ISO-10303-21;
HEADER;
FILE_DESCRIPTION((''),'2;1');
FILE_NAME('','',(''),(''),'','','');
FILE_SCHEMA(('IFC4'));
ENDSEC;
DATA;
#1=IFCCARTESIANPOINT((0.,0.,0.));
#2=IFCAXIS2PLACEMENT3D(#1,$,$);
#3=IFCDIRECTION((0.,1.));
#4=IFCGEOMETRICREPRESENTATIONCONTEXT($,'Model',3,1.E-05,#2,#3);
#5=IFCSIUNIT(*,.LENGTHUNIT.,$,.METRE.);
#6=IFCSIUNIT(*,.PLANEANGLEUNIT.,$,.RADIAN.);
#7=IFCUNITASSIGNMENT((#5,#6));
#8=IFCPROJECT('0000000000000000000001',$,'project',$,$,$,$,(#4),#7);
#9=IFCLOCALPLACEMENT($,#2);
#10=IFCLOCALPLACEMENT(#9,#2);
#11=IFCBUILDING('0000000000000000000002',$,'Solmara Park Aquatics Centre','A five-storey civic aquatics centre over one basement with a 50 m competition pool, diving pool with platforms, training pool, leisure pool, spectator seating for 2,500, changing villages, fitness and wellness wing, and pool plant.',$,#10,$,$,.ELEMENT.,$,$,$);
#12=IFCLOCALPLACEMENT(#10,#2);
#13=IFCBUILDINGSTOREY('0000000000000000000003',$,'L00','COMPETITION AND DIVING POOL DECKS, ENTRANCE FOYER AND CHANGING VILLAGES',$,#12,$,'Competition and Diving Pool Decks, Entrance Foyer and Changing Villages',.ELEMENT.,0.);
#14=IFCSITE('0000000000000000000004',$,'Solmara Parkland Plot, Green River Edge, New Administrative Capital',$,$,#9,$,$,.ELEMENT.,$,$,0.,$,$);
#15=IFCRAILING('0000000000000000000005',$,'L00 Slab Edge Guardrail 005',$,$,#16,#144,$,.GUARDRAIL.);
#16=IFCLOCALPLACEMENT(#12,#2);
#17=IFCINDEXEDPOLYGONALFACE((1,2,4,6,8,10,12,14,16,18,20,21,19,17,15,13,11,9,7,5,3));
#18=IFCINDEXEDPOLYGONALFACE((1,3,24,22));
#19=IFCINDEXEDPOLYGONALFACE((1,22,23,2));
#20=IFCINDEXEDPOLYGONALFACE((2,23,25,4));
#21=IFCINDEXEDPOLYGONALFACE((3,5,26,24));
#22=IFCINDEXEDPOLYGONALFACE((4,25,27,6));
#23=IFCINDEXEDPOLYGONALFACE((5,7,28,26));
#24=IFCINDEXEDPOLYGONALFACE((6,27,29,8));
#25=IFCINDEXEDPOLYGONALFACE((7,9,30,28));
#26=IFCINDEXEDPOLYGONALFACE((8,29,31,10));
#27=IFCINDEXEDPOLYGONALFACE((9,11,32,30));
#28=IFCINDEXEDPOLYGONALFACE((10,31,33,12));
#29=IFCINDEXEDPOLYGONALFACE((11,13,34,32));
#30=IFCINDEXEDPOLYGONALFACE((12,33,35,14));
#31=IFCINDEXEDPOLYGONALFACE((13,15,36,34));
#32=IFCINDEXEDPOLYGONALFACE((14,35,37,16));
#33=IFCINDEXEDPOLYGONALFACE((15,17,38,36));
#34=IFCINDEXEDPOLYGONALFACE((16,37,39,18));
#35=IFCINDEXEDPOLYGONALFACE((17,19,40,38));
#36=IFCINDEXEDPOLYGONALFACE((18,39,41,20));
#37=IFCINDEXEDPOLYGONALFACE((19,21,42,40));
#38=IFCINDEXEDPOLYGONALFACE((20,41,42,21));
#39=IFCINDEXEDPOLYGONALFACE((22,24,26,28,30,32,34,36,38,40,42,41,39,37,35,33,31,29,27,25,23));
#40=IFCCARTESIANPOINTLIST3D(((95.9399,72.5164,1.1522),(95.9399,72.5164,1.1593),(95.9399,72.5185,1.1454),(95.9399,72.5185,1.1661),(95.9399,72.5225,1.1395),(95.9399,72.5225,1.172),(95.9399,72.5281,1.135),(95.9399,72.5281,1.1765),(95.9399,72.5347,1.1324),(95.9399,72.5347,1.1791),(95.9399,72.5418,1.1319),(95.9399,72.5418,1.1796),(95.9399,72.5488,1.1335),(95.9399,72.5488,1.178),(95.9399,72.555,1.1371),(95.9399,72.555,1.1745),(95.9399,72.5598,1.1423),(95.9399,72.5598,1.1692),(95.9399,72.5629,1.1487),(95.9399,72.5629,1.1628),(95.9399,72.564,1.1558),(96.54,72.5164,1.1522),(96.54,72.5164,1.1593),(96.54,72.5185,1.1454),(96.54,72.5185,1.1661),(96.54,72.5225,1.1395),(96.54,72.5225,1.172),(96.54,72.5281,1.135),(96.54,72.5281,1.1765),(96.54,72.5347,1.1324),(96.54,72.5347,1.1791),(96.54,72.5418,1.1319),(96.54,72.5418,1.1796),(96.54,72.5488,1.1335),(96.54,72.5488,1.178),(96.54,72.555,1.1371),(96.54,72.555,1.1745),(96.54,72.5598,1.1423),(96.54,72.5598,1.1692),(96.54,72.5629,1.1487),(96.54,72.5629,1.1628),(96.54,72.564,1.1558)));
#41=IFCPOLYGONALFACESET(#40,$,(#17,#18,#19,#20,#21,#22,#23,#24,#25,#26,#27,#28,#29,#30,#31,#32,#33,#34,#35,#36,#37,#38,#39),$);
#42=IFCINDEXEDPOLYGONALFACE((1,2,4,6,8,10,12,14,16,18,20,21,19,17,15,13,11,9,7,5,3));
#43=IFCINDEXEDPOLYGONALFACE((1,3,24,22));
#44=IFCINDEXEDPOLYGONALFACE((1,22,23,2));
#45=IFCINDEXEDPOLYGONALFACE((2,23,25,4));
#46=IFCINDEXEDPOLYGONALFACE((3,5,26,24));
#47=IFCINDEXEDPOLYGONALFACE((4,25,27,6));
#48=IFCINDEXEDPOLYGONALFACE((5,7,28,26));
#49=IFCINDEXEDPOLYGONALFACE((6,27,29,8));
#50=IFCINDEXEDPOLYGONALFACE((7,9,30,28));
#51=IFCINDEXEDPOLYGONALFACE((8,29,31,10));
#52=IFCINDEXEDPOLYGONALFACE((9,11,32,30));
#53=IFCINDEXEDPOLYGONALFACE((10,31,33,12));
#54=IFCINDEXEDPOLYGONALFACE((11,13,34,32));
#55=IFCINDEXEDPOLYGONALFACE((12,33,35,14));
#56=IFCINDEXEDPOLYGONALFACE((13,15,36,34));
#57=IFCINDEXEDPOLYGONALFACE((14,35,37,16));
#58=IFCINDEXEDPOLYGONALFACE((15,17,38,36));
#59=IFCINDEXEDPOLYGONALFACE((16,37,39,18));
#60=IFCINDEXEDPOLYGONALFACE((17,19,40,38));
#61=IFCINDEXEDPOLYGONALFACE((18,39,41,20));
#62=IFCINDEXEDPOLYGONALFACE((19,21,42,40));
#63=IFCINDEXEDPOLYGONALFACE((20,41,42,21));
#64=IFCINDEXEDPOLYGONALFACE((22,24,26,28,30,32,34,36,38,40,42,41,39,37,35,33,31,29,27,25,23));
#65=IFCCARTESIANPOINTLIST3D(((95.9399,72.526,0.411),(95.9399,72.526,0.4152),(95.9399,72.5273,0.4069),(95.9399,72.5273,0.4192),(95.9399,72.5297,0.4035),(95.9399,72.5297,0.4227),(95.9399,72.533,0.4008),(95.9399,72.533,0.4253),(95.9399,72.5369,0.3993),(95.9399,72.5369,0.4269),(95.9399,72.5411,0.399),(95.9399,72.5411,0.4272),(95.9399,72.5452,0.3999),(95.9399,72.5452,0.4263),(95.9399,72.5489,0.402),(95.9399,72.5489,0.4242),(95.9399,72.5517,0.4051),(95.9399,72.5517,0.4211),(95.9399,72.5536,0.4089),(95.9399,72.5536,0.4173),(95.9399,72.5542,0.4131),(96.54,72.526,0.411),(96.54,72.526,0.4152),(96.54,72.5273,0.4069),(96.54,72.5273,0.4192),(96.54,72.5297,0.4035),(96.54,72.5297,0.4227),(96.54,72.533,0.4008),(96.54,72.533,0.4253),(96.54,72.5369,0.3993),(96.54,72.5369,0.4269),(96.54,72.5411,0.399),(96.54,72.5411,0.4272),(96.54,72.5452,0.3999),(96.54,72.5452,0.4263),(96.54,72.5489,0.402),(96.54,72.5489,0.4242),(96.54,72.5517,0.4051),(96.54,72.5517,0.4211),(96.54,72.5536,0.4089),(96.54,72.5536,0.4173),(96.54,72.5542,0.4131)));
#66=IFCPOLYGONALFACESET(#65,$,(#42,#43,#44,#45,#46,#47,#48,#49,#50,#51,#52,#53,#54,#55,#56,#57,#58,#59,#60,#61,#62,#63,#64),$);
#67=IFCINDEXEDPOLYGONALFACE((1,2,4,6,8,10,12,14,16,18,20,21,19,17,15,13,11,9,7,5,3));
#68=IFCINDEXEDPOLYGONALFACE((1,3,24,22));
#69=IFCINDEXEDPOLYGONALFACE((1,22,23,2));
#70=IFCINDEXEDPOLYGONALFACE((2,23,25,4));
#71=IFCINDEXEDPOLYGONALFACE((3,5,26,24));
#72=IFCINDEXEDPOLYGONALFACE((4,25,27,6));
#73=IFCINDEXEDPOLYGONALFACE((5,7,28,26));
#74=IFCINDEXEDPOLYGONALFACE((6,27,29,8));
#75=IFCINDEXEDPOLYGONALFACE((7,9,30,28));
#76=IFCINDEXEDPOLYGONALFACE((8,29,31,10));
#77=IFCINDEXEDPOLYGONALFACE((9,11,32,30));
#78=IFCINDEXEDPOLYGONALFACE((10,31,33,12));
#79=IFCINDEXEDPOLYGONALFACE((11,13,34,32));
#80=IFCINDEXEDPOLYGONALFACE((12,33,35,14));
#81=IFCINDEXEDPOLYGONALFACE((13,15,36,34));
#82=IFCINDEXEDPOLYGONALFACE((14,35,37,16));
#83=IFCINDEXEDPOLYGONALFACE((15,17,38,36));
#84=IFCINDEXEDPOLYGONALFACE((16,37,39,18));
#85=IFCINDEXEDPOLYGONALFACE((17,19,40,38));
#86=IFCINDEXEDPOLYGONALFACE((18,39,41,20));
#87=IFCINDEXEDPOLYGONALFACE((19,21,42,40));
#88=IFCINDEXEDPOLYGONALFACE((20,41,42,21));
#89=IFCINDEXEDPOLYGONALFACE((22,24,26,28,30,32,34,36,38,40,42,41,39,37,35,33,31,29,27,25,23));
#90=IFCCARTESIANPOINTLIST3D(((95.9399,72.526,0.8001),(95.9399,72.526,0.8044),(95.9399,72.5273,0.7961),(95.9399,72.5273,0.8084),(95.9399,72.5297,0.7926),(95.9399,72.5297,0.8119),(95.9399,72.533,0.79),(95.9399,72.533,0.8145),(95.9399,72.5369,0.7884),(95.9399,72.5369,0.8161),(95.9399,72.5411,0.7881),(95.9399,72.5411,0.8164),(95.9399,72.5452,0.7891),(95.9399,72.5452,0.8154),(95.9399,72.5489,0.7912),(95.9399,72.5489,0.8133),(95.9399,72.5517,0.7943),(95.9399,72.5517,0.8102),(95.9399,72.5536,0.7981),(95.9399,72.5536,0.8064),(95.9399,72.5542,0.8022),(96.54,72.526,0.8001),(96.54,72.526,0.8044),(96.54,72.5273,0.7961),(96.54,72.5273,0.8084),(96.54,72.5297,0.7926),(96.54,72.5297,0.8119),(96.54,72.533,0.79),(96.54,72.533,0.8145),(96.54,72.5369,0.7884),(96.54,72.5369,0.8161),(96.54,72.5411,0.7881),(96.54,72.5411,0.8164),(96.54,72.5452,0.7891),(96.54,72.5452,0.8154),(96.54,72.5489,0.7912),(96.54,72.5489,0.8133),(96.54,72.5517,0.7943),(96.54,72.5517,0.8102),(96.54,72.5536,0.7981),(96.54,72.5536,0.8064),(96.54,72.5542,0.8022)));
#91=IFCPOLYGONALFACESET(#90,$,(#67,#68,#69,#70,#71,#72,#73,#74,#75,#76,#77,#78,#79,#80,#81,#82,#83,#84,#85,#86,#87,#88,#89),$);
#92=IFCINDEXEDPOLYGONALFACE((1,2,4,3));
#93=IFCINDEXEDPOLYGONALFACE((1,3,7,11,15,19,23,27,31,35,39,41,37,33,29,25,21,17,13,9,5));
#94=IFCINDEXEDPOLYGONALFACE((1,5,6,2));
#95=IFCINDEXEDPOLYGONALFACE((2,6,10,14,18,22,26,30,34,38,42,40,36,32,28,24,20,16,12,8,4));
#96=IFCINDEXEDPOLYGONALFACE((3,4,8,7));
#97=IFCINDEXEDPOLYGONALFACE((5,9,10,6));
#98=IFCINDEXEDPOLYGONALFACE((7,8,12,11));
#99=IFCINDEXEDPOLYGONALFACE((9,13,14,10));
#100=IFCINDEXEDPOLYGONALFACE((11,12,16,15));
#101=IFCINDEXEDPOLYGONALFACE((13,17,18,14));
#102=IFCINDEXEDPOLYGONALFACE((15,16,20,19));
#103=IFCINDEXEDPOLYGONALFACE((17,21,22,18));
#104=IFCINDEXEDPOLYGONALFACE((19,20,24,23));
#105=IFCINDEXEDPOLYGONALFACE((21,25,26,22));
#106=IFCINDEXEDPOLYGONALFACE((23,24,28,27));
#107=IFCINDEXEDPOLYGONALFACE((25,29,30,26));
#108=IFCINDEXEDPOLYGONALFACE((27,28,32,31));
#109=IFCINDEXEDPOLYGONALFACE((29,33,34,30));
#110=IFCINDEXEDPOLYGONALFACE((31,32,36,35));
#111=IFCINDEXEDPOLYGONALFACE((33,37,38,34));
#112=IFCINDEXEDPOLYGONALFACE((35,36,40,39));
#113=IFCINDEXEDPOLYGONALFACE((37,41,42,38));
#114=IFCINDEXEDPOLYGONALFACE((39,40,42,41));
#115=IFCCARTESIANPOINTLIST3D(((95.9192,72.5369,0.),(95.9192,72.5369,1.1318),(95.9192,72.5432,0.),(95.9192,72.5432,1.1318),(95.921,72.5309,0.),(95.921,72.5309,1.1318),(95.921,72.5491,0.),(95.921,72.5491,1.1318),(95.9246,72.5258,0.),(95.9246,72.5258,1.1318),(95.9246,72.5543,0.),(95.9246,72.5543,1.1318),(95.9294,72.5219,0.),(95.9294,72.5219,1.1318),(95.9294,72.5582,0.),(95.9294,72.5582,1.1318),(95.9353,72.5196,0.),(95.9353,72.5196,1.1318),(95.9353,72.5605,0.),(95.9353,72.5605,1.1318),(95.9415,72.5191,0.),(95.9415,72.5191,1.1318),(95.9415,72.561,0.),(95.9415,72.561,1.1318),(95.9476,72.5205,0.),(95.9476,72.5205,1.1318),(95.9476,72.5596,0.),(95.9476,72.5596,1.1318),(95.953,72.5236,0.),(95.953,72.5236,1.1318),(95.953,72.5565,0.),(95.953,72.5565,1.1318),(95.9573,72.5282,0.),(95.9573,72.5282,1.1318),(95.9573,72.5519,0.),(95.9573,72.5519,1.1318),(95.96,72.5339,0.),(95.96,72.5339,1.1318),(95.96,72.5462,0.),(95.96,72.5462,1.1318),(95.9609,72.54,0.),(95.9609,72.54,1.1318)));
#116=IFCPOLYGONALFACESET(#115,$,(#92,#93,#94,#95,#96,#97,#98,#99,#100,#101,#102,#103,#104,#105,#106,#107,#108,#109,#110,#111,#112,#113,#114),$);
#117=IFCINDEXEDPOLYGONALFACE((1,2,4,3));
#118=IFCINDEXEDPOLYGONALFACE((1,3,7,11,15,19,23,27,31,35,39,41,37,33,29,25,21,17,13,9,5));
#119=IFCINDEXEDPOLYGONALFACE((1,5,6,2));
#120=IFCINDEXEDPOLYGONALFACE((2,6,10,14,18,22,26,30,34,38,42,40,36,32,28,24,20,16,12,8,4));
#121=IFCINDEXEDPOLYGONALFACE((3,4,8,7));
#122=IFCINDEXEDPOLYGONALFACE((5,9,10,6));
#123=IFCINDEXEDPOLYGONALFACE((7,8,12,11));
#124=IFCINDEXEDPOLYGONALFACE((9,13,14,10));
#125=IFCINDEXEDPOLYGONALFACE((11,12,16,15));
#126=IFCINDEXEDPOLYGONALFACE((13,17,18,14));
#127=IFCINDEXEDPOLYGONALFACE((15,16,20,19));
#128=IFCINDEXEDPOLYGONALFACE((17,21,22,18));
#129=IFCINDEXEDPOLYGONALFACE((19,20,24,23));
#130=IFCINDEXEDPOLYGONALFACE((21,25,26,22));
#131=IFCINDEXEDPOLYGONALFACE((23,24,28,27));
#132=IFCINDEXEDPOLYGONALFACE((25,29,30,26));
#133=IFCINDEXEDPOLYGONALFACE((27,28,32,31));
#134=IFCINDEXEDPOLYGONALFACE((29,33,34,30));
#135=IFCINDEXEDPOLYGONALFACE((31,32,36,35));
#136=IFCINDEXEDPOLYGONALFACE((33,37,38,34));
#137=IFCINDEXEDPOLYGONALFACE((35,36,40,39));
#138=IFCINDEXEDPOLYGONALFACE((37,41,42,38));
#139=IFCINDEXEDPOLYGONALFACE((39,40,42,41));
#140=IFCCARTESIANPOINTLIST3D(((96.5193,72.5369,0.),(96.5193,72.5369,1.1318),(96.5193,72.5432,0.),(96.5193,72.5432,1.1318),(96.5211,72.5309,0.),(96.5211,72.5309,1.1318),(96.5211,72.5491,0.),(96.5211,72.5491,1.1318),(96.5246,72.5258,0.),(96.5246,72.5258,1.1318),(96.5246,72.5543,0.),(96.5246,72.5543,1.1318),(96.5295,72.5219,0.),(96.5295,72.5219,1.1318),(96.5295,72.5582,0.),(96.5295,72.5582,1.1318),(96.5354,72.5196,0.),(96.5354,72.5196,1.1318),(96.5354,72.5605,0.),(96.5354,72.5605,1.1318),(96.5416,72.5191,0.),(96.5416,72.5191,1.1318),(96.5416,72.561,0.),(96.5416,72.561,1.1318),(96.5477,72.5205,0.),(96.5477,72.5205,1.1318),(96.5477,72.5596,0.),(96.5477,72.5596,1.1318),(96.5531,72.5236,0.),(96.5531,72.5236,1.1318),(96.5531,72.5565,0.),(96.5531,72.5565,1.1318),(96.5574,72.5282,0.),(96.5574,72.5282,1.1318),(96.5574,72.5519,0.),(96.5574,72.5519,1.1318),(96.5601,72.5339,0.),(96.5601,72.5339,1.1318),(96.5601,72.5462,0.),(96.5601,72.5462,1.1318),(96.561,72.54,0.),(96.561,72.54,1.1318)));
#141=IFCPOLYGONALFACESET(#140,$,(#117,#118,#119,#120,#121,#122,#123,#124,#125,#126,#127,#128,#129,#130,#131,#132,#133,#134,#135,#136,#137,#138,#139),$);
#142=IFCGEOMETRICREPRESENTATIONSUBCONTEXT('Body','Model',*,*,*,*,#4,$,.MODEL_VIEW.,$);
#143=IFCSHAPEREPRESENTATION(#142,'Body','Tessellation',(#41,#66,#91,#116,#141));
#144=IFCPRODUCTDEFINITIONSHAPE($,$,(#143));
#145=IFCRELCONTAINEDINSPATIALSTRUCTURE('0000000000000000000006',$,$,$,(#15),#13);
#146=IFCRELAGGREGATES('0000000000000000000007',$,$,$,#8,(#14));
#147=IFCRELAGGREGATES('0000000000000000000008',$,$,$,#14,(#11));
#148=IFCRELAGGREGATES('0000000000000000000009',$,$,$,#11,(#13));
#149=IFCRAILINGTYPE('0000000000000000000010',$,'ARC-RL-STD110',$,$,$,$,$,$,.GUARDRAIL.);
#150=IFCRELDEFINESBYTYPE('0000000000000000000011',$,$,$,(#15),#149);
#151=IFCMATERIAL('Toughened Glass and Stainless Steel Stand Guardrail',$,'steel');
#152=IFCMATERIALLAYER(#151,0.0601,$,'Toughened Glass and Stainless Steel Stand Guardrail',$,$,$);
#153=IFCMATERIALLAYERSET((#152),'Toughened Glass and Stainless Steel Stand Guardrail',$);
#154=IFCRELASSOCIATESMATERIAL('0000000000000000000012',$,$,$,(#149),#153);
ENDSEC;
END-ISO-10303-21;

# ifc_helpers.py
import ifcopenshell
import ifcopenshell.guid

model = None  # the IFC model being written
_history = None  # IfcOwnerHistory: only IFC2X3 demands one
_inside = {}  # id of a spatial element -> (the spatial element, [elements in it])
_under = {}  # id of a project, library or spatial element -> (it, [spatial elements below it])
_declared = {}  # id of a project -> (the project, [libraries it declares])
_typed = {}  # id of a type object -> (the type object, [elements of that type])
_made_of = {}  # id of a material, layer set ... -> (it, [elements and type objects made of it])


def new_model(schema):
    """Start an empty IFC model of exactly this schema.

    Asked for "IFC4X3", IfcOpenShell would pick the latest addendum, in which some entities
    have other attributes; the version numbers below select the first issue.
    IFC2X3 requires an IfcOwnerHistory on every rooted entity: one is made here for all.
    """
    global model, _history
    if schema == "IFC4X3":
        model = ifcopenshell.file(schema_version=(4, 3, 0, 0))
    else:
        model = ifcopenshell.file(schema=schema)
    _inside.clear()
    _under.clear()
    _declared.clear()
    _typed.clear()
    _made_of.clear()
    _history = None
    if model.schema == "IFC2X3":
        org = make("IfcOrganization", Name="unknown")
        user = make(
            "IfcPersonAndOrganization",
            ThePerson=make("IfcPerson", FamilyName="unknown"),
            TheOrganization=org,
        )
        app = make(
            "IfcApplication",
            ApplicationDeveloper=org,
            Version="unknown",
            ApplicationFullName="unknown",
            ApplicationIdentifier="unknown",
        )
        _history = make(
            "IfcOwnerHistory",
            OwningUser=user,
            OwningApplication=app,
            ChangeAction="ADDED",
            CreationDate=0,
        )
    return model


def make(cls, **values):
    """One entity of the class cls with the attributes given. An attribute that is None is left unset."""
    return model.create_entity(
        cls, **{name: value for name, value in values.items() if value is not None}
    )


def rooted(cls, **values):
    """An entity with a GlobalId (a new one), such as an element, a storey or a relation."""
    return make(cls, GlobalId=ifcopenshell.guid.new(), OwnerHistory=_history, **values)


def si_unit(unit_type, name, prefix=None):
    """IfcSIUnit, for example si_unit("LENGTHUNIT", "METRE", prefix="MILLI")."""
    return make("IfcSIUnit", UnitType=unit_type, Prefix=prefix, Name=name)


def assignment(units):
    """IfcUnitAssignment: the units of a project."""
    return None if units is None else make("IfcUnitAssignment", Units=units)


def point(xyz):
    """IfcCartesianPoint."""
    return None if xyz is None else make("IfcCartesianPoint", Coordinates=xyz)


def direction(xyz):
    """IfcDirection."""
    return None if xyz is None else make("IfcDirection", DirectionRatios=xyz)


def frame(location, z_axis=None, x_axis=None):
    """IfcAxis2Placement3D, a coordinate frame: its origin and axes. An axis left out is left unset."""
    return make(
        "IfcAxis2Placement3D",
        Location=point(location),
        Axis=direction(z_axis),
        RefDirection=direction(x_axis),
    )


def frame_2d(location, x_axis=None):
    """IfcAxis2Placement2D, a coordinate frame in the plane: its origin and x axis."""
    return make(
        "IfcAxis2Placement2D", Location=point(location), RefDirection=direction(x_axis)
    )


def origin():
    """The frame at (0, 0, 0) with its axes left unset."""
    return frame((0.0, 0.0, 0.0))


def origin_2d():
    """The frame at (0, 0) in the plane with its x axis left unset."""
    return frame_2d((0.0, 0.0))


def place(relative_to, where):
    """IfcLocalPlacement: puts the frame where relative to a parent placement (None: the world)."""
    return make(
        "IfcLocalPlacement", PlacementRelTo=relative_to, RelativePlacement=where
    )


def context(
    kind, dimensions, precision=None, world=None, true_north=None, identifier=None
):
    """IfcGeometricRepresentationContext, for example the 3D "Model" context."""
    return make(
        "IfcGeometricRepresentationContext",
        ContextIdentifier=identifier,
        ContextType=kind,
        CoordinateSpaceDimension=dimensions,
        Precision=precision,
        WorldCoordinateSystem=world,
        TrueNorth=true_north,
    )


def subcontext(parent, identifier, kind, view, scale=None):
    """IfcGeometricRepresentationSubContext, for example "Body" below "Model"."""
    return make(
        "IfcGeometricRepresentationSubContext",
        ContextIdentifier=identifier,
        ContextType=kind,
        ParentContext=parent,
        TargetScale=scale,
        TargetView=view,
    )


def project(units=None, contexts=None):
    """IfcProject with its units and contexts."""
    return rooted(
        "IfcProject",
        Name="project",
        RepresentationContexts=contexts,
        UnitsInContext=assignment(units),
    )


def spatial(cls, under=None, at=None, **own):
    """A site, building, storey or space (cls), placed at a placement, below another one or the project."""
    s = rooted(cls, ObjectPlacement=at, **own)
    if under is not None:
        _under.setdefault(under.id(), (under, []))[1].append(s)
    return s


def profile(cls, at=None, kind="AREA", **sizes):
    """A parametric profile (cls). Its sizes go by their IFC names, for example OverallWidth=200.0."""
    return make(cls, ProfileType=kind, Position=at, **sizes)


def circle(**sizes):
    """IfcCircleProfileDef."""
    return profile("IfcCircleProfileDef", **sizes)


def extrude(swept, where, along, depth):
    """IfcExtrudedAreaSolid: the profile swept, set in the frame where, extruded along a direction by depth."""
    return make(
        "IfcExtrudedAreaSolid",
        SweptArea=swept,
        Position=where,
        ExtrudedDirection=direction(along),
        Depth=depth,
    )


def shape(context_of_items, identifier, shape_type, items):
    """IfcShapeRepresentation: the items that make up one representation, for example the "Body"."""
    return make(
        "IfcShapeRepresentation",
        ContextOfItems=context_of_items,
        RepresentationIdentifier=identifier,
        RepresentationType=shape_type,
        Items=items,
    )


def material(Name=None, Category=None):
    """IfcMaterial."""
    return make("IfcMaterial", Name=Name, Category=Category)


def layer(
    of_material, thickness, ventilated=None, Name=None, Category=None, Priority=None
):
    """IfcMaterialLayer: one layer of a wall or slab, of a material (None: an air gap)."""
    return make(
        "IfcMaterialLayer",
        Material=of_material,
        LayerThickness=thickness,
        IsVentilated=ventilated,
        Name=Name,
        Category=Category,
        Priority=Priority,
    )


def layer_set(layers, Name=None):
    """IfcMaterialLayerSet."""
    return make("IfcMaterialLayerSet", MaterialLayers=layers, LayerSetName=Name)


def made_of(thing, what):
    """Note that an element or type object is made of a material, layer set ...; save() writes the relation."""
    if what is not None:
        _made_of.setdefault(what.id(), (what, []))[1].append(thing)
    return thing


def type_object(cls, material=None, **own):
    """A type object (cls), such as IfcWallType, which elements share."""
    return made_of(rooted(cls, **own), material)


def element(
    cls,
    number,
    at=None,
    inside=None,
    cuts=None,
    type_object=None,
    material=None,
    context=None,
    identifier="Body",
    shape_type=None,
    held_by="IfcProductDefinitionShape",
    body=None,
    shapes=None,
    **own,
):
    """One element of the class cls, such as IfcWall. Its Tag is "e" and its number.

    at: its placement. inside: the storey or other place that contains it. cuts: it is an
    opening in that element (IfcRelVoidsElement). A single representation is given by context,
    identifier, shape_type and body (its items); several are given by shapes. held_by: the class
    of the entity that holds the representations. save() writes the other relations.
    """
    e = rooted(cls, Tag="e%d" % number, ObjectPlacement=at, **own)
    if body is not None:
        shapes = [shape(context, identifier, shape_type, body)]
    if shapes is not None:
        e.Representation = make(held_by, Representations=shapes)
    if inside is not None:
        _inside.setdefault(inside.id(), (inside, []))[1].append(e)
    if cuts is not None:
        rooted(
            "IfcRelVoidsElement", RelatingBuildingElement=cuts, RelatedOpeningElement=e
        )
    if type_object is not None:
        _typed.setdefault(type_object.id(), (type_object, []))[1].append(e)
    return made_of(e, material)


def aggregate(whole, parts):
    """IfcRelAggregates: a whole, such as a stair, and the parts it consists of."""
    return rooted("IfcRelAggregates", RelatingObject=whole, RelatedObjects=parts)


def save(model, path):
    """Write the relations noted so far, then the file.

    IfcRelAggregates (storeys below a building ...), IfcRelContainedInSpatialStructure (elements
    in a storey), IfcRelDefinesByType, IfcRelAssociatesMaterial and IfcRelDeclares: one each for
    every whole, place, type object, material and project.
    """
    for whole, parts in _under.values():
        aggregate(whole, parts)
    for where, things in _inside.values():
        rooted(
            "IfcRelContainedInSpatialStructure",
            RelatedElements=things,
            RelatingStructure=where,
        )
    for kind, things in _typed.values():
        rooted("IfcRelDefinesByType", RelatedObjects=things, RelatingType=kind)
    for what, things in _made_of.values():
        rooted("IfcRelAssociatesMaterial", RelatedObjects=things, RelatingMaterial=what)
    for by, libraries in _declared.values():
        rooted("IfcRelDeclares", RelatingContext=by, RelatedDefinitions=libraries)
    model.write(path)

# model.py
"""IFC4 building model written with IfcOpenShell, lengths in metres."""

from ifc_helpers import new_model, si_unit, direction, frame, origin, origin_2d, place, context, subcontext, project, spatial, circle, extrude, material, layer, layer_set, type_object, element, save


model = new_model("IFC4")

# Units and contexts
model_context = context("Model", 3, precision=1e-05, world=origin(), true_north=direction((0.0, 1.0)))
body_context = subcontext(model_context, "Body", "Model", "MODEL_VIEW")
ifc_project = project(units=[si_unit("LENGTHUNIT", "METRE"), si_unit("PLANEANGLEUNIT", "RADIAN")], contexts=[model_context])

# Site, building, storey
site_placement = place(None, origin())
site = spatial("IfcSite", under=ifc_project, at=site_placement, Name="Solmara Parkland Plot, Green River Edge, New Administrative Capital", CompositionType="ELEMENT", RefElevation=0.0)
building_placement = place(site_placement, origin())
building = spatial("IfcBuilding", under=site, at=building_placement, Name="Solmara Park Aquatics Centre", Description="A five-storey civic aquatics centre over one basement with a 50 m competition pool, diving pool with platforms, training pool, leisure pool, spectator seating for 2,500, changing villages, fitness and wellness wing, and pool plant.", CompositionType="ELEMENT")
storey_placement = place(building_placement, origin())
storey = spatial("IfcBuildingStorey", under=building, at=storey_placement, Name="L00", Description="COMPETITION AND DIVING POOL DECKS, ENTRANCE FOYER AND CHANGING VILLAGES", LongName="Competition and Diving Pool Decks, Entrance Foyer and Changing Villages", CompositionType="ELEMENT", Elevation=0.0)

# Railing
ifc_material_1 = material(Name="Toughened Glass and Stainless Steel Stand Guardrail", Category="steel")
ifc_layer_1 = layer(ifc_material_1, 0.0601, Name="Toughened Glass and Stainless Steel Stand Guardrail")
ifc_layer_set_1 = layer_set([ifc_layer_1], Name="Toughened Glass and Stainless Steel Stand Guardrail")
railing_type_1 = type_object("IfcRailingType", Name="ARC-RL-STD110", PredefinedType="GUARDRAIL", material=ifc_layer_set_1)
railing_1_placement = place(storey_placement, frame((95.9399, 72.54, 0.0)))
element("IfcRailing", 1, at=railing_1_placement, inside=storey, type_object=railing_type_1, Name="L00 Slab Edge Guardrail 005", PredefinedType="GUARDRAIL", context=body_context, shape_type="SweptSolid", body=[
    extrude(circle(Radius=0.0239, at=origin_2d()), frame((0.0, 0.0, 1.1558), z_axis=(1.0, 0.0, 0.0), x_axis=(0.0, 1.0, 0.0)), (0.0, 0.0, 1.0), 0.6001),
    extrude(circle(Radius=0.0142, at=origin_2d()), frame((0.0, 0.0, 0.4131), z_axis=(1.0, 0.0, 0.0), x_axis=(0.0, 1.0, 0.0)), (0.0, 0.0, 1.0), 0.6001),
    extrude(circle(Radius=0.0142, at=origin_2d()), frame((0.0, 0.0, 0.8022), z_axis=(1.0, 0.0, 0.0), x_axis=(0.0, 1.0, 0.0)), (0.0, 0.0, 1.0), 0.6001),
    extrude(circle(Radius=0.021, at=origin_2d()), origin(), (0.0, 0.0, 1.0), 1.1318),
    extrude(circle(Radius=0.021, at=origin_2d()), frame((0.6001, 0.0, 0.0)), (0.0, 0.0, 1.0), 1.1318),
])

save(model, "model.ifc")
